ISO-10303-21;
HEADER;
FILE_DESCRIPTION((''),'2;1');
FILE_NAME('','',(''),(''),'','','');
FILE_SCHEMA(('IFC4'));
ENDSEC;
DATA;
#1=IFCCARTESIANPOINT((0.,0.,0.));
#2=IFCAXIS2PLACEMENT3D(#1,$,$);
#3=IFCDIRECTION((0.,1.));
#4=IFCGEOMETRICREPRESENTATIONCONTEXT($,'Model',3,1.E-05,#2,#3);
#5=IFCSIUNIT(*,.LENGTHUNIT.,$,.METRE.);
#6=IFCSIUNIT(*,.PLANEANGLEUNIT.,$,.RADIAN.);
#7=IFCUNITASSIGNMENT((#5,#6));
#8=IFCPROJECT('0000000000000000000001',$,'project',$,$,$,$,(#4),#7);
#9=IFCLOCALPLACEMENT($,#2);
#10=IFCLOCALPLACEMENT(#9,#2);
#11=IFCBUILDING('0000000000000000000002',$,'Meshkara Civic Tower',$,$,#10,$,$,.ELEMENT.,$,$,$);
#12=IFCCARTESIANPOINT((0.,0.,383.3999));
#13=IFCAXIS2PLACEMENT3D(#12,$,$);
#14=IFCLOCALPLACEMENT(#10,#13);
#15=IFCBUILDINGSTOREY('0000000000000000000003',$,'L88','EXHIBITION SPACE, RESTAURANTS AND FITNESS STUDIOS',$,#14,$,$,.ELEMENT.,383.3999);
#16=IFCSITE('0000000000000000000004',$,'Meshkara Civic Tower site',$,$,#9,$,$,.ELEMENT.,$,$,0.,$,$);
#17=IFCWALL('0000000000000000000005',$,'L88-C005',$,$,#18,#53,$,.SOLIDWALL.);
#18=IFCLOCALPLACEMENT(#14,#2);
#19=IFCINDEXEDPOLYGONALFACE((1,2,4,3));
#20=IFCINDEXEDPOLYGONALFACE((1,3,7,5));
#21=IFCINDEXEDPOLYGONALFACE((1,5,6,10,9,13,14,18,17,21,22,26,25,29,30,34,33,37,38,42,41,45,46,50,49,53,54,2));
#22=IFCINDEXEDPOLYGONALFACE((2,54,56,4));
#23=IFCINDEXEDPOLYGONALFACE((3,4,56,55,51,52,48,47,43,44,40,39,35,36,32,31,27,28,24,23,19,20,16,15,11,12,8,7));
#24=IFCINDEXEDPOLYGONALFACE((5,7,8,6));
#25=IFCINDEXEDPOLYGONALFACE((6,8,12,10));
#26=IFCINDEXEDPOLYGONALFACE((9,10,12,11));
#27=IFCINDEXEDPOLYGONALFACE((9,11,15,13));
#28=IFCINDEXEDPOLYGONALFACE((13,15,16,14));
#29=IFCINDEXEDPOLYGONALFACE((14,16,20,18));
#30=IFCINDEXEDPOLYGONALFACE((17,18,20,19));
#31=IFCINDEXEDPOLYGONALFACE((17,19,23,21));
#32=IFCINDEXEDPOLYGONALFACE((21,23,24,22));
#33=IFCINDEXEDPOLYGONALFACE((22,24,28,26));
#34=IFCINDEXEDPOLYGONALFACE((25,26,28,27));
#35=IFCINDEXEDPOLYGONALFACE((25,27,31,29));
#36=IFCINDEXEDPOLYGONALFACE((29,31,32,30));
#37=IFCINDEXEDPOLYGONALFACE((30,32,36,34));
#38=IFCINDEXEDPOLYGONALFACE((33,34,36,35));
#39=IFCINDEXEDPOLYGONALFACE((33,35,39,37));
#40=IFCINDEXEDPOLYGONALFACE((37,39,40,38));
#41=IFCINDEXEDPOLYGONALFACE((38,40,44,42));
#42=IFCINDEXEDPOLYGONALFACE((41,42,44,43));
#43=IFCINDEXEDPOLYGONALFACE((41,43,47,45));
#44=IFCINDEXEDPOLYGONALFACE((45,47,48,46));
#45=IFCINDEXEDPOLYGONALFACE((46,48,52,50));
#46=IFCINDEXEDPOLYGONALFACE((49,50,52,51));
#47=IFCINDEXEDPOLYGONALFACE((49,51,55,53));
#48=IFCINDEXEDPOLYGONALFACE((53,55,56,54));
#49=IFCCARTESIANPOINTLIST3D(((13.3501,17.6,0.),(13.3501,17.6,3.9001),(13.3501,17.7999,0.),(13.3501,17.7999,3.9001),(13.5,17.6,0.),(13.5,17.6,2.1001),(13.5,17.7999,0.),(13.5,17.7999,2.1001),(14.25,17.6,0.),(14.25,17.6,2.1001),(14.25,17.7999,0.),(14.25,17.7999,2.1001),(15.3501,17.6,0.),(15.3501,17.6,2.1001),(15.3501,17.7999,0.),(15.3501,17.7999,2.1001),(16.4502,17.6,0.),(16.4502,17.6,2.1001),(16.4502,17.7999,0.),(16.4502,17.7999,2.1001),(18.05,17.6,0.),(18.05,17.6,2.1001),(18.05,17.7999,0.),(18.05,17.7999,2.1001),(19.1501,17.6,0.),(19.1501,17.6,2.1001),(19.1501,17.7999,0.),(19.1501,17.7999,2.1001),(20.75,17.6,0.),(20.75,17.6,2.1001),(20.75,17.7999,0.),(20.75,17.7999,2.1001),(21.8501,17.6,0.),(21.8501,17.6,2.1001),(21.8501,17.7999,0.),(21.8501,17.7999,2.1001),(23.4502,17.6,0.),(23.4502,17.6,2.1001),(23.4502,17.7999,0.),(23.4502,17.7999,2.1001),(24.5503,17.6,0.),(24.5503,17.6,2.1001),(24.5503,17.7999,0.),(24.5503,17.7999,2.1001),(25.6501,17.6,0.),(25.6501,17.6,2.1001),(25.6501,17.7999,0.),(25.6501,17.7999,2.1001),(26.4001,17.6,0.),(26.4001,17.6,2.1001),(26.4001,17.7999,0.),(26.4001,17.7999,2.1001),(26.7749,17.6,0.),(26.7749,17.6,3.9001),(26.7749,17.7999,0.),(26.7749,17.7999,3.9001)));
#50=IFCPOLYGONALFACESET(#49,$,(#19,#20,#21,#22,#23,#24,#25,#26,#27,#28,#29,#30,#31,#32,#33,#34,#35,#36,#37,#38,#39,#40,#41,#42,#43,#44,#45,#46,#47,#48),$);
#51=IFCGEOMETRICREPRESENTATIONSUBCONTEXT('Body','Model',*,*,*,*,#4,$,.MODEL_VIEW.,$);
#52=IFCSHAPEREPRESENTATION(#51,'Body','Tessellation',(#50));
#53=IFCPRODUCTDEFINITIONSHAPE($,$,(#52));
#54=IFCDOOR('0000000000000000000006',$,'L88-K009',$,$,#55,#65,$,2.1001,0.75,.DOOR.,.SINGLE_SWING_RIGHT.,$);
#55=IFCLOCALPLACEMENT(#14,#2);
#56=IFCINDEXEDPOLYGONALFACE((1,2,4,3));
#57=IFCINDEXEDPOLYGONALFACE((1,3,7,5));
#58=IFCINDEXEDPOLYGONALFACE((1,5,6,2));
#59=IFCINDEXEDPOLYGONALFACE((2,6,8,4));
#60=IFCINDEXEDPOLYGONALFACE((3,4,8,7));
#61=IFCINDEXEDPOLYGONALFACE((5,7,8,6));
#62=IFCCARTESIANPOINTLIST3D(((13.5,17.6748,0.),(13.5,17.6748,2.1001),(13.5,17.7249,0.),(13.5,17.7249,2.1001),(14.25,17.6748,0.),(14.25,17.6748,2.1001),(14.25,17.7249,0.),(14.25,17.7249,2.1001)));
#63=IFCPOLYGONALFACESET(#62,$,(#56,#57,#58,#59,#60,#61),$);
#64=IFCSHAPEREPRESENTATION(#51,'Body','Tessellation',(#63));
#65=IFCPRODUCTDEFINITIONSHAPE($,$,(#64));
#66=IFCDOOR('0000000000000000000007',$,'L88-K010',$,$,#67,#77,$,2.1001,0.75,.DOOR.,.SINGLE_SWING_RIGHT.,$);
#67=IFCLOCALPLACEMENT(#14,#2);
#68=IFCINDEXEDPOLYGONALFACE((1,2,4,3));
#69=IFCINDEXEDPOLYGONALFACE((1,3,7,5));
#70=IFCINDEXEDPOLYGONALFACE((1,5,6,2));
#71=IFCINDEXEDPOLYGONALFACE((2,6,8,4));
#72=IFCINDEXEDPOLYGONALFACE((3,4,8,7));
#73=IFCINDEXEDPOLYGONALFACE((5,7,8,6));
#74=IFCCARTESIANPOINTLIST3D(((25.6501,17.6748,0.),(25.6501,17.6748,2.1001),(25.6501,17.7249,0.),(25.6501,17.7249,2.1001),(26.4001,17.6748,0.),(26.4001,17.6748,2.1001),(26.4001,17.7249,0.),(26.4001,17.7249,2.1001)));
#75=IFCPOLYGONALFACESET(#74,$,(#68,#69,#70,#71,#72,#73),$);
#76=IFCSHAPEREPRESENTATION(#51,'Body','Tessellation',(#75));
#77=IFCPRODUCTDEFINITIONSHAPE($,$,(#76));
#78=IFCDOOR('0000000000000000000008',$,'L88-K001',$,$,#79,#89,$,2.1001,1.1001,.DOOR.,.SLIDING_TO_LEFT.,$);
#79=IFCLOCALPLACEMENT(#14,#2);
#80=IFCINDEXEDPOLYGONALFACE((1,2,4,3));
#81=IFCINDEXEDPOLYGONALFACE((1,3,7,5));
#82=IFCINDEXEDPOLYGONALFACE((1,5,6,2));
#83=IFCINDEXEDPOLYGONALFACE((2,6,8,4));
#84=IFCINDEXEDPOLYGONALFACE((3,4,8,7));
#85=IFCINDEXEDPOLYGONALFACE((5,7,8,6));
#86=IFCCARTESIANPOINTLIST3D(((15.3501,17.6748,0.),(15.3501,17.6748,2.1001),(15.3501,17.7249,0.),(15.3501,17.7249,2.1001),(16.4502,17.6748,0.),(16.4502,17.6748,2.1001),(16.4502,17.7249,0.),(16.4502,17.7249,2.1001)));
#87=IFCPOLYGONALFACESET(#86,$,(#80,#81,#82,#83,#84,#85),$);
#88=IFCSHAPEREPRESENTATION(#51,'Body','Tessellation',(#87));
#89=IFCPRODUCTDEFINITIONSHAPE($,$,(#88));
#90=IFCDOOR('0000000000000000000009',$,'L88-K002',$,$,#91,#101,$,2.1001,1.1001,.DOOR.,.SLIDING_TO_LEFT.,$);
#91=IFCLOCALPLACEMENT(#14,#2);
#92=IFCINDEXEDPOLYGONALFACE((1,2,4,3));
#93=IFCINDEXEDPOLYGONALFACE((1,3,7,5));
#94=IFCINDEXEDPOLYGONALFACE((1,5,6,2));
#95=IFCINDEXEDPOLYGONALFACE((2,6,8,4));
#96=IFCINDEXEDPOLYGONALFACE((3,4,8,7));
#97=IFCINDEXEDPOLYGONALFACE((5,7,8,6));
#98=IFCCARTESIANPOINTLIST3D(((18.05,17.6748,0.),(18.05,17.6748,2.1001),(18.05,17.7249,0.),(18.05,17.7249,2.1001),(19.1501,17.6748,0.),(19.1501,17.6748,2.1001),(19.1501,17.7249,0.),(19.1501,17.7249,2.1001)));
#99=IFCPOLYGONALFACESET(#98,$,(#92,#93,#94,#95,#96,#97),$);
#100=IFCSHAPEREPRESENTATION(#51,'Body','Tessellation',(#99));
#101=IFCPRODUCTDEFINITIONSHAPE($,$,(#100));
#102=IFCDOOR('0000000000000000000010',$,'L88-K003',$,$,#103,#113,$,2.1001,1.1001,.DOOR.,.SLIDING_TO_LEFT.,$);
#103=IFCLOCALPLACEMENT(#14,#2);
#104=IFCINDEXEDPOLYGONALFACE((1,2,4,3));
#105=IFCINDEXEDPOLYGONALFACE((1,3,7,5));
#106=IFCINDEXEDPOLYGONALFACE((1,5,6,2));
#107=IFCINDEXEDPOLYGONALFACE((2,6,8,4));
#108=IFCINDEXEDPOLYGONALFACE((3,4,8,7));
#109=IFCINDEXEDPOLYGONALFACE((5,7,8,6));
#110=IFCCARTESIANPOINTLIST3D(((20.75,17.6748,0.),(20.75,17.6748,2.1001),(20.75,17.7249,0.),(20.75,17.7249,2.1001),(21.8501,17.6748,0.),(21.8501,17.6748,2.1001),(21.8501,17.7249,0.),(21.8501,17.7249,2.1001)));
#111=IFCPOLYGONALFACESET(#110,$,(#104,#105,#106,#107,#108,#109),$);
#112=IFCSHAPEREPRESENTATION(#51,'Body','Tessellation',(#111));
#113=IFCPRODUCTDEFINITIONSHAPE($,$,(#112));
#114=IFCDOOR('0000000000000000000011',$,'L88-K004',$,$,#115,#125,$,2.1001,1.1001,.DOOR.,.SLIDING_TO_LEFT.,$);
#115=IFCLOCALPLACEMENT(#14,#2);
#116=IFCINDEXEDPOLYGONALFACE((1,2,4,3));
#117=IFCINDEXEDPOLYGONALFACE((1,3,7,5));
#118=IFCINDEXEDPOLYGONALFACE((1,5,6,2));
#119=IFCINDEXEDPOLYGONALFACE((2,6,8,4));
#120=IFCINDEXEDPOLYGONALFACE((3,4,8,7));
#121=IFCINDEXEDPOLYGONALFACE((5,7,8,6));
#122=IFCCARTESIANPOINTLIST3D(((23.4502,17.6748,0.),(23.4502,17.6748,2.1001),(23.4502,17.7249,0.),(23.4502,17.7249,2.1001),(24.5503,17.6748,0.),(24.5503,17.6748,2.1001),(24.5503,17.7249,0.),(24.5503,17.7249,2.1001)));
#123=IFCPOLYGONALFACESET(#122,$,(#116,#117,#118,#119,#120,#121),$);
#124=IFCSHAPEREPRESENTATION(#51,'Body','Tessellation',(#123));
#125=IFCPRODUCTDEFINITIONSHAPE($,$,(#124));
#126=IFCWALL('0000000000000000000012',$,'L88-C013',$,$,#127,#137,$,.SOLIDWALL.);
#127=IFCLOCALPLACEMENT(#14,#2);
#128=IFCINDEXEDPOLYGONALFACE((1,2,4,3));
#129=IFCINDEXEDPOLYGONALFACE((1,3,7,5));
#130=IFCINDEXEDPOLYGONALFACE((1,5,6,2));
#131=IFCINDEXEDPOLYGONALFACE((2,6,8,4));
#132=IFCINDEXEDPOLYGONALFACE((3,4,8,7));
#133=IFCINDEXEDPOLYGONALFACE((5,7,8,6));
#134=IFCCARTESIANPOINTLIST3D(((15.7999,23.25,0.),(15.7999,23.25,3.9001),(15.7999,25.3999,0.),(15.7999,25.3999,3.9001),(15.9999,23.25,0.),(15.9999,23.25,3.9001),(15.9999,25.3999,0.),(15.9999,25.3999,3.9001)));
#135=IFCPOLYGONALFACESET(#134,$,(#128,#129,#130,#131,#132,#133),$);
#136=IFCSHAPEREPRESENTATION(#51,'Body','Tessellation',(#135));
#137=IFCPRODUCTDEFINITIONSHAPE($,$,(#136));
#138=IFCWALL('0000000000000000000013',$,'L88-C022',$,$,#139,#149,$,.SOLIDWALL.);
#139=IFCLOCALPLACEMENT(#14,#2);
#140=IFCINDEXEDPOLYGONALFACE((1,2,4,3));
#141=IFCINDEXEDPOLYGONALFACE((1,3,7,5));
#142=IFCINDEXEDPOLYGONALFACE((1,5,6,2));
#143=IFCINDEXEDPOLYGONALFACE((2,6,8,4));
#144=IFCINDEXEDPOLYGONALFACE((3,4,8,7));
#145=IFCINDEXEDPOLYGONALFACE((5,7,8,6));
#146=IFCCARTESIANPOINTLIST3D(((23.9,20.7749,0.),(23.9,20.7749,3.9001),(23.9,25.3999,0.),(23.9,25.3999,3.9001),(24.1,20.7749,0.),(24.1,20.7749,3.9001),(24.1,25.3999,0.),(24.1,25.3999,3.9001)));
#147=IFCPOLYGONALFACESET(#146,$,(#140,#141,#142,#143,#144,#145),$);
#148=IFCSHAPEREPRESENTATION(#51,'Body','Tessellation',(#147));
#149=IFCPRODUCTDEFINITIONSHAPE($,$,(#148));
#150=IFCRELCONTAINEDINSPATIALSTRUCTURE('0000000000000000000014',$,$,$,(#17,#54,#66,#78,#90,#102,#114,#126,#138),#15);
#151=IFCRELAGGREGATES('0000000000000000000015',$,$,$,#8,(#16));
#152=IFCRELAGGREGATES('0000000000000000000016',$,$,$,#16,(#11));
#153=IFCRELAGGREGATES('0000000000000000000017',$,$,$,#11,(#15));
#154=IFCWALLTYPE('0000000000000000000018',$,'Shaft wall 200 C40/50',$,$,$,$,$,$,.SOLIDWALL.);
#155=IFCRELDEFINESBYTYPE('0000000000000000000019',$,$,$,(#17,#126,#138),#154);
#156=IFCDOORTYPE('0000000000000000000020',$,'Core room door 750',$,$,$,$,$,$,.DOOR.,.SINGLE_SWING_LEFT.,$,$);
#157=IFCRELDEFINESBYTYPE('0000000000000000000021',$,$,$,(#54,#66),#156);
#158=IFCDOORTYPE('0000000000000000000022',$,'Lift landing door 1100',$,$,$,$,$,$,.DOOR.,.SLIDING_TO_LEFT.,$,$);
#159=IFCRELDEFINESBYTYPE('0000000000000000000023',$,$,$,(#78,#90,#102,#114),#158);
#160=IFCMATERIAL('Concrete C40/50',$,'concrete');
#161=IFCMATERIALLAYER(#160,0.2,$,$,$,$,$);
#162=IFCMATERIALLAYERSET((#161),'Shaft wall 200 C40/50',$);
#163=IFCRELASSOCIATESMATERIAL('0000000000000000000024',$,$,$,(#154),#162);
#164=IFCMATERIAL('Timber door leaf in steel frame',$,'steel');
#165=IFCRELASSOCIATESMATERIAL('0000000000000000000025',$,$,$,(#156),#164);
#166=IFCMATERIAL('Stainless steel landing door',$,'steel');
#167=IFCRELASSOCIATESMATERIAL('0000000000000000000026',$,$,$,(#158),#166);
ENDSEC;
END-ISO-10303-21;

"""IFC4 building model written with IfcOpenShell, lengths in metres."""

from ifc_helpers import new_model, si_unit, direction, frame, frame_2d, origin, place, context, subcontext, project, spatial, rectangle, extrude, material, layer, layer_set, type_object, element, fill, save


model = new_model("IFC4")

# Units and contexts
model_context = context("Model", 3, precision=1e-05, world=origin(), true_north=direction((0.0, 1.0)))
body_context = subcontext(model_context, "Body", "Model", "MODEL_VIEW")
ifc_project = project(units=[si_unit("LENGTHUNIT", "METRE"), si_unit("PLANEANGLEUNIT", "RADIAN")], contexts=[model_context])

# Site, building, storey
site_placement = place(None, origin())
site = spatial("IfcSite", under=ifc_project, at=site_placement, Name="Meshkara Civic Tower site", CompositionType="ELEMENT", RefElevation=0.0)
building_placement = place(site_placement, origin())
building = spatial("IfcBuilding", under=site, at=building_placement, Name="Meshkara Civic Tower", CompositionType="ELEMENT")
storey_placement = place(building_placement, frame((0.0, 0.0, 383.3999)))
storey = spatial("IfcBuildingStorey", under=building, at=storey_placement, Name="L88", Description="EXHIBITION SPACE, RESTAURANTS AND FITNESS STUDIOS", CompositionType="ELEMENT", Elevation=383.3999)

# Wall, openings, doors
ifc_material_1 = material(Name="Concrete C40/50", Category="concrete")
ifc_layer_1 = layer(ifc_material_1, 0.2)
ifc_layer_set_1 = layer_set([ifc_layer_1], Name="Shaft wall 200 C40/50")
wall_type_1 = type_object("IfcWallType", Name="Shaft wall 200 C40/50", PredefinedType="SOLIDWALL", material=ifc_layer_set_1)
wall_1_placement = place(storey_placement, frame((13.3501, 17.7, 0.0), z_axis=(0.0, 0.0, 1.0), x_axis=(1.0, 0.0, 0.0)))
wall_1 = element("IfcWall", 1, at=wall_1_placement, inside=storey, type_object=wall_type_1, Name="L88-C005", PredefinedType="SOLIDWALL", context=body_context, shape_type="SweptSolid", body=[
    extrude(rectangle(XDim=13.4248, YDim=0.2, at=frame_2d((6.7124, 0.0))), origin(), (0.0, 0.0, 1.0), 3.9001),
])
opening_1_placement = place(wall_1_placement, frame((2.0, 0.0, 0.0)))
opening_1 = element("IfcOpeningElement", 2, at=opening_1_placement, cuts=wall_1, PredefinedType="OPENING", context=body_context, shape_type="SweptSolid", body=[
    extrude(rectangle(XDim=1.1001, YDim=2.1001, at=frame_2d((0.55, 1.05))), frame((0.0, 0.1099, 0.0), z_axis=(0.0, -1.0, 0.0), x_axis=(1.0, 0.0, 0.0)), (0.0, 0.0, 1.0), 0.22),
])
opening_2_placement = place(wall_1_placement, frame((4.7, 0.0, 0.0)))
opening_2 = element("IfcOpeningElement", 3, at=opening_2_placement, cuts=wall_1, PredefinedType="OPENING", context=body_context, shape_type="SweptSolid", body=[
    extrude(rectangle(XDim=1.1001, YDim=2.1001, at=frame_2d((0.55, 1.05))), frame((0.0, 0.1099, 0.0), z_axis=(0.0, -1.0, 0.0), x_axis=(1.0, 0.0, 0.0)), (0.0, 0.0, 1.0), 0.22),
])
opening_3_placement = place(wall_1_placement, frame((7.3999, 0.0, 0.0)))
opening_3 = element("IfcOpeningElement", 4, at=opening_3_placement, cuts=wall_1, PredefinedType="OPENING", context=body_context, shape_type="SweptSolid", body=[
    extrude(rectangle(XDim=1.1001, YDim=2.1001, at=frame_2d((0.55, 1.05))), frame((0.0, 0.1099, 0.0), z_axis=(0.0, -1.0, 0.0), x_axis=(1.0, 0.0, 0.0)), (0.0, 0.0, 1.0), 0.22),
])
opening_4_placement = place(wall_1_placement, frame((10.1001, 0.0, 0.0)))
opening_4 = element("IfcOpeningElement", 5, at=opening_4_placement, cuts=wall_1, PredefinedType="OPENING", context=body_context, shape_type="SweptSolid", body=[
    extrude(rectangle(XDim=1.1001, YDim=2.1001, at=frame_2d((0.55, 1.05))), frame((0.0, 0.1099, 0.0), z_axis=(0.0, -1.0, 0.0), x_axis=(1.0, 0.0, 0.0)), (0.0, 0.0, 1.0), 0.22),
])
opening_5_placement = place(wall_1_placement, frame((0.1499, 0.0, 0.0)))
opening_5 = element("IfcOpeningElement", 6, at=opening_5_placement, cuts=wall_1, PredefinedType="OPENING", context=body_context, shape_type="SweptSolid", body=[
    extrude(rectangle(XDim=0.75, YDim=2.1001, at=frame_2d((0.375, 1.05))), frame((0.0, 0.1099, 0.0), z_axis=(0.0, -1.0, 0.0), x_axis=(1.0, 0.0, 0.0)), (0.0, 0.0, 1.0), 0.22),
])
opening_6_placement = place(wall_1_placement, frame((12.3, 0.0, 0.0)))
opening_6 = element("IfcOpeningElement", 7, at=opening_6_placement, cuts=wall_1, PredefinedType="OPENING", context=body_context, shape_type="SweptSolid", body=[
    extrude(rectangle(XDim=0.75, YDim=2.1001, at=frame_2d((0.375, 1.05))), frame((0.0, 0.1099, 0.0), z_axis=(0.0, -1.0, 0.0), x_axis=(1.0, 0.0, 0.0)), (0.0, 0.0, 1.0), 0.22),
])
ifc_material_2 = material(Name="Timber door leaf in steel frame", Category="steel")
door_type_1 = type_object("IfcDoorType", Name="Core room door 750", OperationType="SINGLE_SWING_LEFT", PredefinedType="DOOR", material=ifc_material_2)
door_1_placement = place(opening_5_placement, origin())
door_1 = element("IfcDoor", 8, at=door_1_placement, inside=storey, type_object=door_type_1, Name="L88-K009", OperationType="SINGLE_SWING_RIGHT", OverallHeight=2.1001, OverallWidth=0.75, PredefinedType="DOOR", context=body_context, shape_type="SweptSolid", body=[
    extrude(rectangle(XDim=0.75, YDim=2.1001, at=frame_2d((0.375, 1.05))), frame((0.0, 0.0249, 0.0), z_axis=(0.0, -1.0, 0.0), x_axis=(1.0, 0.0, 0.0)), (0.0, 0.0, 1.0), 0.05),
])
fill(opening_5, door_1)
door_2_placement = place(opening_6_placement, origin())
door_2 = element("IfcDoor", 9, at=door_2_placement, inside=storey, type_object=door_type_1, Name="L88-K010", OperationType="SINGLE_SWING_RIGHT", OverallHeight=2.1001, OverallWidth=0.75, PredefinedType="DOOR", context=body_context, shape_type="SweptSolid", body=[
    extrude(rectangle(XDim=0.75, YDim=2.1001, at=frame_2d((0.375, 1.05))), frame((0.0, 0.0249, 0.0), z_axis=(0.0, -1.0, 0.0), x_axis=(1.0, 0.0, 0.0)), (0.0, 0.0, 1.0), 0.05),
])
fill(opening_6, door_2)
ifc_material_3 = material(Name="Stainless steel landing door", Category="steel")
door_type_2 = type_object("IfcDoorType", Name="Lift landing door 1100", OperationType="SLIDING_TO_LEFT", PredefinedType="DOOR", material=ifc_material_3)
door_3_placement = place(opening_1_placement, origin())
door_3 = element("IfcDoor", 10, at=door_3_placement, inside=storey, type_object=door_type_2, Name="L88-K001", OperationType="SLIDING_TO_LEFT", OverallHeight=2.1001, OverallWidth=1.1001, PredefinedType="DOOR", context=body_context, shape_type="SweptSolid", body=[
    extrude(rectangle(XDim=1.1001, YDim=2.1001, at=frame_2d((0.55, 1.05))), frame((0.0, 0.0249, 0.0), z_axis=(0.0, -1.0, 0.0), x_axis=(1.0, 0.0, 0.0)), (0.0, 0.0, 1.0), 0.05),
])
fill(opening_1, door_3)
door_4_placement = place(opening_2_placement, origin())
door_4 = element("IfcDoor", 11, at=door_4_placement, inside=storey, type_object=door_type_2, Name="L88-K002", OperationType="SLIDING_TO_LEFT", OverallHeight=2.1001, OverallWidth=1.1001, PredefinedType="DOOR", context=body_context, shape_type="SweptSolid", body=[
    extrude(rectangle(XDim=1.1001, YDim=2.1001, at=frame_2d((0.55, 1.05))), frame((0.0, 0.0249, 0.0), z_axis=(0.0, -1.0, 0.0), x_axis=(1.0, 0.0, 0.0)), (0.0, 0.0, 1.0), 0.05),
])
fill(opening_2, door_4)
door_5_placement = place(opening_3_placement, origin())
door_5 = element("IfcDoor", 12, at=door_5_placement, inside=storey, type_object=door_type_2, Name="L88-K003", OperationType="SLIDING_TO_LEFT", OverallHeight=2.1001, OverallWidth=1.1001, PredefinedType="DOOR", context=body_context, shape_type="SweptSolid", body=[
    extrude(rectangle(XDim=1.1001, YDim=2.1001, at=frame_2d((0.55, 1.05))), frame((0.0, 0.0249, 0.0), z_axis=(0.0, -1.0, 0.0), x_axis=(1.0, 0.0, 0.0)), (0.0, 0.0, 1.0), 0.05),
])
fill(opening_3, door_5)
door_6_placement = place(opening_4_placement, origin())
door_6 = element("IfcDoor", 13, at=door_6_placement, inside=storey, type_object=door_type_2, Name="L88-K004", OperationType="SLIDING_TO_LEFT", OverallHeight=2.1001, OverallWidth=1.1001, PredefinedType="DOOR", context=body_context, shape_type="SweptSolid", body=[
    extrude(rectangle(XDim=1.1001, YDim=2.1001, at=frame_2d((0.55, 1.05))), frame((0.0, 0.0249, 0.0), z_axis=(0.0, -1.0, 0.0), x_axis=(1.0, 0.0, 0.0)), (0.0, 0.0, 1.0), 0.05),
])
fill(opening_4, door_6)

# Walls
wall_2_placement = place(storey_placement, frame((15.8999, 23.25, 0.0), z_axis=(0.0, 0.0, 1.0), x_axis=(0.0, 1.0, 0.0)))
element("IfcWall", 14, at=wall_2_placement, inside=storey, type_object=wall_type_1, Name="L88-C013", PredefinedType="SOLIDWALL", context=body_context, shape_type="SweptSolid", body=[
    extrude(rectangle(XDim=2.1499, YDim=0.2, at=frame_2d((1.075, 0.0))), origin(), (0.0, 0.0, 1.0), 3.9001),
])
wall_3_placement = place(storey_placement, frame((24.0, 20.7749, 0.0), z_axis=(0.0, 0.0, 1.0), x_axis=(0.0, 1.0, 0.0)))
element("IfcWall", 15, at=wall_3_placement, inside=storey, type_object=wall_type_1, Name="L88-C022", PredefinedType="SOLIDWALL", context=body_context, shape_type="SweptSolid", body=[
    extrude(rectangle(XDim=4.625, YDim=0.2, at=frame_2d((2.3125, 0.0))), origin(), (0.0, 0.0, 1.0), 3.9001),
])

save(model, "model.ifc")
